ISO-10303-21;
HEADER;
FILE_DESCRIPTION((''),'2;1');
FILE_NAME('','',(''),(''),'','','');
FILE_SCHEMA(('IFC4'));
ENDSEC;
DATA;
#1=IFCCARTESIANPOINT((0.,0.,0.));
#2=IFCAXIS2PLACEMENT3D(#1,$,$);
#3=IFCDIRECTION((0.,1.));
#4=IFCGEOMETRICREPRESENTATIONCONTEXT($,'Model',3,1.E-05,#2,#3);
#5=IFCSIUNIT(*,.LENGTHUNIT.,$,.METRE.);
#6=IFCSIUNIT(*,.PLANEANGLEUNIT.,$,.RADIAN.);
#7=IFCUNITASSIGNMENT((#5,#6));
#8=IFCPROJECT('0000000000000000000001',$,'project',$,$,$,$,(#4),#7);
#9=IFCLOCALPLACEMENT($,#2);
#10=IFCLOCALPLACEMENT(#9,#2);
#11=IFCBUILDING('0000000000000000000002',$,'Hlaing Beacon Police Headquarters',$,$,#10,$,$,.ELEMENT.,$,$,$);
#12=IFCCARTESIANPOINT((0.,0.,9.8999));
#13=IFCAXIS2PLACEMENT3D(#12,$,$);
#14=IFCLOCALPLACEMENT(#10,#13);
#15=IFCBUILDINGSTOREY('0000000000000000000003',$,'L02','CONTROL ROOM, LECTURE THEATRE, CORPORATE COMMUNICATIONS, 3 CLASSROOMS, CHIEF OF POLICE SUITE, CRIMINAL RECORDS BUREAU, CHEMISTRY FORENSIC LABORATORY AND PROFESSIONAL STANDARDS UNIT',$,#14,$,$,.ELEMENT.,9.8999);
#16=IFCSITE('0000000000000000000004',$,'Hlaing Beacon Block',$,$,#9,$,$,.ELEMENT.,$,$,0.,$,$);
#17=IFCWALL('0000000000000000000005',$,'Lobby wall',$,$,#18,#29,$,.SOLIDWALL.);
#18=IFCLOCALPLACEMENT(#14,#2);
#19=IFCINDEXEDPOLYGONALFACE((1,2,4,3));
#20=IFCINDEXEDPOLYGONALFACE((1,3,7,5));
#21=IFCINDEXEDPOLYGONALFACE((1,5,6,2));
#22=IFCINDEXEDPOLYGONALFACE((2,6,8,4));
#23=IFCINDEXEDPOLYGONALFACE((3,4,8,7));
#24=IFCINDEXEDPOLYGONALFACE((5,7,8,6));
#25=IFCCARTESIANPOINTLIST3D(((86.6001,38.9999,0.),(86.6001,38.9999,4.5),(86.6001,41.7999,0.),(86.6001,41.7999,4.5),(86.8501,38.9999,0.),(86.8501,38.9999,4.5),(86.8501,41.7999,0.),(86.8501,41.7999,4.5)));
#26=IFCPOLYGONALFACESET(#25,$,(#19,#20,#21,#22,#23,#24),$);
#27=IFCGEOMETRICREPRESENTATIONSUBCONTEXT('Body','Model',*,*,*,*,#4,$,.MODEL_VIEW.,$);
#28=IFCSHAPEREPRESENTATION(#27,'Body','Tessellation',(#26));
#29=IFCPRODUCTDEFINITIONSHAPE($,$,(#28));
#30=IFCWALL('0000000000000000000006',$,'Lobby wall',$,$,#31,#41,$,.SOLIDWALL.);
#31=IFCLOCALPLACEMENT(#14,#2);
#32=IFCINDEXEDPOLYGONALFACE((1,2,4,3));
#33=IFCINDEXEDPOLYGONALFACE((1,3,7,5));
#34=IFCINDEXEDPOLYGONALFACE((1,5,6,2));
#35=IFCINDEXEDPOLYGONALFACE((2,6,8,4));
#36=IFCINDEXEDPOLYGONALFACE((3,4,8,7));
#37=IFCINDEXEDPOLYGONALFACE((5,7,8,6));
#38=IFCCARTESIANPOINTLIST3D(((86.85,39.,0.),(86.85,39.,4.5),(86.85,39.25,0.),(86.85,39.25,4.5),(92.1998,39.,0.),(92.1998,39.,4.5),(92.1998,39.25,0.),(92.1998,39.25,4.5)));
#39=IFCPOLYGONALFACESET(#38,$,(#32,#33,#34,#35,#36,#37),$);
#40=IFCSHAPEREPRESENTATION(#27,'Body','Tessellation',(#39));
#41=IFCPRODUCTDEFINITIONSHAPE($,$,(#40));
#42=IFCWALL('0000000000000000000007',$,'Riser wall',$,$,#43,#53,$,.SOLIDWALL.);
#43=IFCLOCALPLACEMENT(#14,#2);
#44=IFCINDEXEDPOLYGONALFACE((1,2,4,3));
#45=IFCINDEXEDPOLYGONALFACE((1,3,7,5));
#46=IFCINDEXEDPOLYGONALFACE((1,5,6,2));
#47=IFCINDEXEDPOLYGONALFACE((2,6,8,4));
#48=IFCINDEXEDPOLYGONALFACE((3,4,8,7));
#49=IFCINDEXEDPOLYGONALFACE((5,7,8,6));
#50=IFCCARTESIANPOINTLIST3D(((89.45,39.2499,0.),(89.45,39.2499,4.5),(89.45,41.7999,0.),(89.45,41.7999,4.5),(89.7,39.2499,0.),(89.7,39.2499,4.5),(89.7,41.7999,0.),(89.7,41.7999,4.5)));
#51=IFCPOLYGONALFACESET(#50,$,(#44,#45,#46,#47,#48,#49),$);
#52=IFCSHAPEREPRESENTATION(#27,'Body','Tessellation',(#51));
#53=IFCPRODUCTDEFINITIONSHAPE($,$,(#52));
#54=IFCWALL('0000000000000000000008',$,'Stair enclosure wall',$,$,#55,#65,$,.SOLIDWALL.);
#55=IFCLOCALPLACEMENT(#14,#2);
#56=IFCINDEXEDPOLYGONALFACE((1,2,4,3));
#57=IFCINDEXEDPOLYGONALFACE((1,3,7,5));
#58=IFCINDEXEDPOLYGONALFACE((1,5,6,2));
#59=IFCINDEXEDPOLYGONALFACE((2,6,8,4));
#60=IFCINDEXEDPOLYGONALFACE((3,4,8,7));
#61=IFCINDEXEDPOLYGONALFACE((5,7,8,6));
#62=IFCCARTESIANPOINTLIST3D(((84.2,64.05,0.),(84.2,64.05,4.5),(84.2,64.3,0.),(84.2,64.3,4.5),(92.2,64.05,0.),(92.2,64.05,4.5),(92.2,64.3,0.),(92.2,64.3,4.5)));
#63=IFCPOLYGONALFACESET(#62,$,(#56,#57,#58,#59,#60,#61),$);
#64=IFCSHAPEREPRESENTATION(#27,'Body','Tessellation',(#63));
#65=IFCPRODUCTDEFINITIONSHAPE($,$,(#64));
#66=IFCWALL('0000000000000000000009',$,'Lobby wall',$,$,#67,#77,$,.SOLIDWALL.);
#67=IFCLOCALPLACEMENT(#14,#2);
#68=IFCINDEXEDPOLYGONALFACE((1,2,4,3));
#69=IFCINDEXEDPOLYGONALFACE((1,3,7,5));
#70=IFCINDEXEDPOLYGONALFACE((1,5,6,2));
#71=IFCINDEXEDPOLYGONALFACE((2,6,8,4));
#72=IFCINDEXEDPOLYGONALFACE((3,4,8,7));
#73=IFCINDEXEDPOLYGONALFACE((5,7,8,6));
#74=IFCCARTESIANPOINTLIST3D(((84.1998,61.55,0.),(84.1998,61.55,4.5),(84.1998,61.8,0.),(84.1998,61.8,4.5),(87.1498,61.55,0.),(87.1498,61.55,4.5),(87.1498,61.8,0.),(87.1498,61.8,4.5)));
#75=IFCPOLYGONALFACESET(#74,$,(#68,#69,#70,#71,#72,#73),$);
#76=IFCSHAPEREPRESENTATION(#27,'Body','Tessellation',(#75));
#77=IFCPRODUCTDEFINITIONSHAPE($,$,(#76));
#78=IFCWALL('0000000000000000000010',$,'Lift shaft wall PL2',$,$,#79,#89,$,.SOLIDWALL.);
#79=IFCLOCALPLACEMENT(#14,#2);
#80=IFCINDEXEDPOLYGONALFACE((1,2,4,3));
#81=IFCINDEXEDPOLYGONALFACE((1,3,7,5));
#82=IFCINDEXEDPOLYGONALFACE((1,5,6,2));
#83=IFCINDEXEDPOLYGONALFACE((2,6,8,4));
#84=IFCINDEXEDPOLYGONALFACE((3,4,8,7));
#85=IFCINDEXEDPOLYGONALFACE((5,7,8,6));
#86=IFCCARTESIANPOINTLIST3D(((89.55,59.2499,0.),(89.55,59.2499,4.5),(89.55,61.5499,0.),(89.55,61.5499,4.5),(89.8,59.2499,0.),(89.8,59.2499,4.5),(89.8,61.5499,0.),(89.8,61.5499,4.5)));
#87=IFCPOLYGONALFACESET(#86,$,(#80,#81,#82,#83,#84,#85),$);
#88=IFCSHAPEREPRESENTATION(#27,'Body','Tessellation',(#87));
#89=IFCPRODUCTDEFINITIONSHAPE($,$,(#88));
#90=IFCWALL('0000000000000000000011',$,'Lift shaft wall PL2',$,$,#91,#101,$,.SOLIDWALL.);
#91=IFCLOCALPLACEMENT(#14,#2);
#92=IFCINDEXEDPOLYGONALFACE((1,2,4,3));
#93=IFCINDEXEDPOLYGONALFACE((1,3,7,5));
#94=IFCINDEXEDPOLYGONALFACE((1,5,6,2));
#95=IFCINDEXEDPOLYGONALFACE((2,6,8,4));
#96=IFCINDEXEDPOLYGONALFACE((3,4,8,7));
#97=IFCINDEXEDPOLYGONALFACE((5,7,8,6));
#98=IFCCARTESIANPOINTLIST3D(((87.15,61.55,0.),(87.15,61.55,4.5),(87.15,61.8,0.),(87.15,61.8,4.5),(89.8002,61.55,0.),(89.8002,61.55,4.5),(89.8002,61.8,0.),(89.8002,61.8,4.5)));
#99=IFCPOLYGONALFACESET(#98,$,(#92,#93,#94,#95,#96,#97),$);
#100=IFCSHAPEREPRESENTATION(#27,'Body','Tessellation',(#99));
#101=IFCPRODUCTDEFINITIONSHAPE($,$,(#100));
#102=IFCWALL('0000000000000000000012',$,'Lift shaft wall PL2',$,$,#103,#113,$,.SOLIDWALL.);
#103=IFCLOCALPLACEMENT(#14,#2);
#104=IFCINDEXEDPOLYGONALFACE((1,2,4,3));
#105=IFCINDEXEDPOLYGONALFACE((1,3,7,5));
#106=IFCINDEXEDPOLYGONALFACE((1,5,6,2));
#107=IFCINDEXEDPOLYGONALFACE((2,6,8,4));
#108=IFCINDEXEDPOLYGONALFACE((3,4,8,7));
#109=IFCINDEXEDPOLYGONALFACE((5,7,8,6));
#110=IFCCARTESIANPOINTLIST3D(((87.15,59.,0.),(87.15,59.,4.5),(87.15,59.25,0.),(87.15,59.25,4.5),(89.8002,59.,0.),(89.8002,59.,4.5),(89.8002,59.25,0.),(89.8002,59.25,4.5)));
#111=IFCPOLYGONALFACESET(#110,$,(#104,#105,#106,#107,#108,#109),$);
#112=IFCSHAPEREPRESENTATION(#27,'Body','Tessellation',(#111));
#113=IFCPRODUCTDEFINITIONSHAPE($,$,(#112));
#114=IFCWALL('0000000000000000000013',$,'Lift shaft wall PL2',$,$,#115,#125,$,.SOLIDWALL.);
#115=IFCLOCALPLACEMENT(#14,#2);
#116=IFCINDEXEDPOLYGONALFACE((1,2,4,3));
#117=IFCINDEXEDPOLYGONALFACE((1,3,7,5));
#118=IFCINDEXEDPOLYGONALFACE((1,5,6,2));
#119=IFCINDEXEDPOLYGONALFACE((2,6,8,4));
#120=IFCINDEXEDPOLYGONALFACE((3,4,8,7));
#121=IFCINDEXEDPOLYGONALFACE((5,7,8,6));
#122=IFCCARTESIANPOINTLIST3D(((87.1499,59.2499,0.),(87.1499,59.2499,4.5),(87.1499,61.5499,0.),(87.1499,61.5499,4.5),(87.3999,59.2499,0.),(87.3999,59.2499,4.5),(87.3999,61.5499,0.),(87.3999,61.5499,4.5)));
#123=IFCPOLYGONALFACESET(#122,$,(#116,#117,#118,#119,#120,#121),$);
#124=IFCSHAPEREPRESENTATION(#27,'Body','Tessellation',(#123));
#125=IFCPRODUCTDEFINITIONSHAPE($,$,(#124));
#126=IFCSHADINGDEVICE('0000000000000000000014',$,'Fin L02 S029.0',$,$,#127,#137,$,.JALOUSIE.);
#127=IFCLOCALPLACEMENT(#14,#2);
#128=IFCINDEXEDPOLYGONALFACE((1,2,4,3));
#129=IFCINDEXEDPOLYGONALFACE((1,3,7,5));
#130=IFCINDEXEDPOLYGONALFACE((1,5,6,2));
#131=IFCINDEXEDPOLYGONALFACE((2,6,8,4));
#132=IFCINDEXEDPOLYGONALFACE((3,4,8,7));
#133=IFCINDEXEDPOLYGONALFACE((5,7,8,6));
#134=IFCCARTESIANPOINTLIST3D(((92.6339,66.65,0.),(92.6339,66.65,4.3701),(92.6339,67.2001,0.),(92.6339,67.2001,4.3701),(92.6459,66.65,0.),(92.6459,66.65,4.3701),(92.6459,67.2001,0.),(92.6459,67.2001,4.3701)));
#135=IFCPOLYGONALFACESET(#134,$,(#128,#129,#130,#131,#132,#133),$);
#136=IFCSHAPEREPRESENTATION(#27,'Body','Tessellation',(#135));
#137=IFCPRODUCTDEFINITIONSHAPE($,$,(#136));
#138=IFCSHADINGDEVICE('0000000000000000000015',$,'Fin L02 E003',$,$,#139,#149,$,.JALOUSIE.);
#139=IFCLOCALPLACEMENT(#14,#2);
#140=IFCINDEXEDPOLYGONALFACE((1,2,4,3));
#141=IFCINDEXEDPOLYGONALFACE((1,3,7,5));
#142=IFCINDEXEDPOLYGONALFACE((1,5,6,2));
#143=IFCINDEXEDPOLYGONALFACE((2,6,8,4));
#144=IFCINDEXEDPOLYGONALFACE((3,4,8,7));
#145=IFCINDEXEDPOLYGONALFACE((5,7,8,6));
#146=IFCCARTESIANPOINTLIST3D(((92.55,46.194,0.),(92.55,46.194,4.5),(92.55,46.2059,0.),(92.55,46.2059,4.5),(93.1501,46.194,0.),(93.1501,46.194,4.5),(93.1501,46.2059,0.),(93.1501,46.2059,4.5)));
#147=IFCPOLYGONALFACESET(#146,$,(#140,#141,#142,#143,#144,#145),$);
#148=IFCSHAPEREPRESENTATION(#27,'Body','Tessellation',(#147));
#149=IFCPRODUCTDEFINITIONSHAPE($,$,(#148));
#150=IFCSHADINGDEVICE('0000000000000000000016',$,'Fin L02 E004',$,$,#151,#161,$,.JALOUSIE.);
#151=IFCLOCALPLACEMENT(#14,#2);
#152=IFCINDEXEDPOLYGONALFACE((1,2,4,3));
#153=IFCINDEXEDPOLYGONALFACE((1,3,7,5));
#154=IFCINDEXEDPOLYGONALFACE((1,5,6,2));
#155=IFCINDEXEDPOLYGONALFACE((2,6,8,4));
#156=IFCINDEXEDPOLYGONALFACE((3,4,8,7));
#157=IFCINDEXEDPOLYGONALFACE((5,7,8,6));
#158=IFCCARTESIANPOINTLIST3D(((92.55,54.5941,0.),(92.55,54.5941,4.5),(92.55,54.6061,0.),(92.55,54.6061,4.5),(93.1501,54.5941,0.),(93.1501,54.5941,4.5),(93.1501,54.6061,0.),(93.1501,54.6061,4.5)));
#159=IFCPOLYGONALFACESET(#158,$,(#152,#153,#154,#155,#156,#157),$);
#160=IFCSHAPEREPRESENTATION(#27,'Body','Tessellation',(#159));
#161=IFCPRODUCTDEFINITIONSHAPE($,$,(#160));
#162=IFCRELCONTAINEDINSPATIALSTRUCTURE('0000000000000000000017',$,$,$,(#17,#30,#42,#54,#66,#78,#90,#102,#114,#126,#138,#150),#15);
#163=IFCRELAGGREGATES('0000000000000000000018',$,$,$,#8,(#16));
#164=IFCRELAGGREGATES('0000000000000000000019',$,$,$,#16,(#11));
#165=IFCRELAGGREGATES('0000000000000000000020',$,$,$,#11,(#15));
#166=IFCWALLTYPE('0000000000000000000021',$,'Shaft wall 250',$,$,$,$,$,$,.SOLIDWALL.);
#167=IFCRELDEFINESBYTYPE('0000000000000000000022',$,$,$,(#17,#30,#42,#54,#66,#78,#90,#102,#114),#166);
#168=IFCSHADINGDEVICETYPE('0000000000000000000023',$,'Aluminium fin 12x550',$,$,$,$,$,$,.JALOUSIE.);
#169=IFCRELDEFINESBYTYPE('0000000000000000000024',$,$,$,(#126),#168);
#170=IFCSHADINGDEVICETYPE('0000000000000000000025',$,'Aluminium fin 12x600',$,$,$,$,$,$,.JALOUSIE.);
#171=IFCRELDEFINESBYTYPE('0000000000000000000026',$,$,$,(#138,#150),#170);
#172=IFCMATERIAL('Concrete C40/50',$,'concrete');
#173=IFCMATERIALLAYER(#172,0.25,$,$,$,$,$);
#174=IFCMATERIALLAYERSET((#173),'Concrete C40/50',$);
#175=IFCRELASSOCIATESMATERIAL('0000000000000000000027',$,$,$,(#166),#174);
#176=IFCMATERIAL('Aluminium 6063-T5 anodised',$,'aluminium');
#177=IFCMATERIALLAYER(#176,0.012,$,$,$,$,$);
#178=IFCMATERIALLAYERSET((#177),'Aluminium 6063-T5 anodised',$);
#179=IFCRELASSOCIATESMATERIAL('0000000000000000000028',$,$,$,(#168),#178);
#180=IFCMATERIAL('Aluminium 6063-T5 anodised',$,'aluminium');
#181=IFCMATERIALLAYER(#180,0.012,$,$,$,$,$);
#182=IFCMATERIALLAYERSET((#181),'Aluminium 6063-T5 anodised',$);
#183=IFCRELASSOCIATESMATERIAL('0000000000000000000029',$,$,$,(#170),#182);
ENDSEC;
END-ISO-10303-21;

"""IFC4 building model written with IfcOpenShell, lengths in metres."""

from ifc_helpers import new_model, si_unit, direction, frame, frame_2d, origin, origin_2d, place, context, subcontext, project, spatial, rectangle, extrude, material, layer, layer_set, type_object, element, save


model = new_model("IFC4")

# Units and contexts
model_context = context("Model", 3, precision=1e-05, world=origin(), true_north=direction((0.0, 1.0)))
body_context = subcontext(model_context, "Body", "Model", "MODEL_VIEW")
ifc_project = project(units=[si_unit("LENGTHUNIT", "METRE"), si_unit("PLANEANGLEUNIT", "RADIAN")], contexts=[model_context])

# Site, building, storey
site_placement = place(None, origin())
site = spatial("IfcSite", under=ifc_project, at=site_placement, Name="Hlaing Beacon Block", CompositionType="ELEMENT", RefElevation=0.0)
building_placement = place(site_placement, origin())
building = spatial("IfcBuilding", under=site, at=building_placement, Name="Hlaing Beacon Police Headquarters", CompositionType="ELEMENT")
storey_placement = place(building_placement, frame((0.0, 0.0, 9.8999)))
storey = spatial("IfcBuildingStorey", under=building, at=storey_placement, Name="L02", Description="CONTROL ROOM, LECTURE THEATRE, CORPORATE COMMUNICATIONS, 3 CLASSROOMS, CHIEF OF POLICE SUITE, CRIMINAL RECORDS BUREAU, CHEMISTRY FORENSIC LABORATORY AND PROFESSIONAL STANDARDS UNIT", CompositionType="ELEMENT", Elevation=9.8999)

# Walls
ifc_material_1 = material(Name="Concrete C40/50", Category="concrete")
ifc_layer_1 = layer(ifc_material_1, 0.25)
ifc_layer_set_1 = layer_set([ifc_layer_1], Name="Concrete C40/50")
wall_type_1 = type_object("IfcWallType", Name="Shaft wall 250", PredefinedType="SOLIDWALL", material=ifc_layer_set_1)
wall_1_placement = place(storey_placement, frame((86.7251, 39.0, 0.0), z_axis=(0.0, 0.0, 1.0), x_axis=(0.0, 1.0, 0.0)))
element("IfcWall", 1, at=wall_1_placement, inside=storey, type_object=wall_type_1, Name="Lobby wall", PredefinedType="SOLIDWALL", context=body_context, shape_type="SweptSolid", body=[
    extrude(rectangle(XDim=2.8, YDim=0.25, at=frame_2d((1.3999, 0.0))), origin(), (0.0, 0.0, 1.0), 4.5),
])
wall_2_placement = place(storey_placement, frame((86.8501, 39.125, 0.0), z_axis=(0.0, 0.0, 1.0), x_axis=(1.0, 0.0, 0.0)))
element("IfcWall", 2, at=wall_2_placement, inside=storey, type_object=wall_type_1, Name="Lobby wall", PredefinedType="SOLIDWALL", context=body_context, shape_type="SweptSolid", body=[
    extrude(rectangle(XDim=5.3499, YDim=0.25, at=frame_2d((2.6748, 0.0))), origin(), (0.0, 0.0, 1.0), 4.5),
])
wall_3_placement = place(storey_placement, frame((89.575, 39.25, 0.0), z_axis=(0.0, 0.0, 1.0), x_axis=(0.0, 1.0, 0.0)))
element("IfcWall", 3, at=wall_3_placement, inside=storey, type_object=wall_type_1, Name="Riser wall", PredefinedType="SOLIDWALL", context=body_context, shape_type="SweptSolid", body=[
    extrude(rectangle(XDim=2.55, YDim=0.25, at=frame_2d((1.2749, 0.0))), origin(), (0.0, 0.0, 1.0), 4.5),
])
wall_4_placement = place(storey_placement, frame((92.2, 64.175, 0.0), z_axis=(0.0, 0.0, 1.0), x_axis=(-1.0, 0.0, 0.0)))
element("IfcWall", 4, at=wall_4_placement, inside=storey, type_object=wall_type_1, Name="Stair enclosure wall", PredefinedType="SOLIDWALL", context=body_context, shape_type="SweptSolid", body=[
    extrude(rectangle(XDim=8.0, YDim=0.25, at=frame_2d((4.0, 0.0))), origin(), (0.0, 0.0, 1.0), 4.5),
])
wall_5_placement = place(storey_placement, frame((87.1499, 61.675, 0.0), z_axis=(0.0, 0.0, 1.0), x_axis=(-1.0, 0.0, 0.0)))
element("IfcWall", 5, at=wall_5_placement, inside=storey, type_object=wall_type_1, Name="Lobby wall", PredefinedType="SOLIDWALL", context=body_context, shape_type="SweptSolid", body=[
    extrude(rectangle(XDim=2.95, YDim=0.25, at=frame_2d((1.4751, 0.0))), origin(), (0.0, 0.0, 1.0), 4.5),
])
wall_6_placement = place(storey_placement, frame((89.675, 59.25, 0.0), z_axis=(0.0, 0.0, 1.0), x_axis=(0.0, 1.0, 0.0)))
element("IfcWall", 6, at=wall_6_placement, inside=storey, type_object=wall_type_1, Name="Lift shaft wall PL2", PredefinedType="SOLIDWALL", context=body_context, shape_type="SweptSolid", body=[
    extrude(rectangle(XDim=2.3, YDim=0.25, at=frame_2d((1.1499, 0.0))), origin(), (0.0, 0.0, 1.0), 4.5),
])
for number, where, z_axis, x_axis, name in (
    (7, (87.1499, 61.675, 0.0), (0.0, 0.0, 1.0), (1.0, 0.0, 0.0), "Lift shaft wall PL2"),
    (8, (87.1499, 59.125, 0.0), (0.0, 0.0, 1.0), (1.0, 0.0, 0.0), "Lift shaft wall PL2"),
):
    element("IfcWall", number, at=place(storey_placement, frame(where, z_axis=z_axis, x_axis=x_axis)), inside=storey, type_object=wall_type_1, Name=name, PredefinedType="SOLIDWALL", context=body_context, shape_type="SweptSolid", body=[
        extrude(rectangle(XDim=2.6501, YDim=0.25, at=frame_2d((1.3252, 0.0))), origin(), (0.0, 0.0, 1.0), 4.5),
    ])
wall_7_placement = place(storey_placement, frame((87.2749, 59.25, 0.0), z_axis=(0.0, 0.0, 1.0), x_axis=(0.0, 1.0, 0.0)))
element("IfcWall", 9, at=wall_7_placement, inside=storey, type_object=wall_type_1, Name="Lift shaft wall PL2", PredefinedType="SOLIDWALL", context=body_context, shape_type="SweptSolid", body=[
    extrude(rectangle(XDim=2.3, YDim=0.25, at=frame_2d((1.1499, 0.0))), origin(), (0.0, 0.0, 1.0), 4.5),
])

# Shading devices
ifc_material_2 = material(Name="Aluminium 6063-T5 anodised", Category="aluminium")
ifc_layer_2 = layer(ifc_material_2, 0.012)
ifc_layer_set_2 = layer_set([ifc_layer_2], Name="Aluminium 6063-T5 anodised")
shading_device_type_1 = type_object("IfcShadingDeviceType", Name="Aluminium fin 12x550", PredefinedType="JALOUSIE", material=ifc_layer_set_2)
shading_device_placement = place(storey_placement, frame((92.6399, 66.925, 0.0), z_axis=(0.0, 0.0, 1.0), x_axis=(1.0, 0.0, 0.0)))
element("IfcShadingDevice", 10, at=shading_device_placement, inside=storey, type_object=shading_device_type_1, Name="Fin L02 S029.0", PredefinedType="JALOUSIE", context=body_context, shape_type="SweptSolid", body=[
    extrude(rectangle(XDim=0.012, YDim=0.55, at=origin_2d()), origin(), (0.0, 0.0, 1.0), 4.3701),
])
ifc_material_3 = material(Name="Aluminium 6063-T5 anodised", Category="aluminium")
ifc_layer_3 = layer(ifc_material_3, 0.012)
ifc_layer_set_3 = layer_set([ifc_layer_3], Name="Aluminium 6063-T5 anodised")
shading_device_type_2 = type_object("IfcShadingDeviceType", Name="Aluminium fin 12x600", PredefinedType="JALOUSIE", material=ifc_layer_set_3)
for number, where, z_axis, x_axis, name in (
    (11, (92.8501, 46.2, 0.0), (0.0, 0.0, 1.0), (0.0, 1.0, 0.0), "Fin L02 E003"),
    (12, (92.8501, 54.6001, 0.0), (0.0, 0.0, 1.0), (0.0, 1.0, 0.0), "Fin L02 E004"),
):
    element("IfcShadingDevice", number, at=place(storey_placement, frame(where, z_axis=z_axis, x_axis=x_axis)), inside=storey, type_object=shading_device_type_2, Name=name, PredefinedType="JALOUSIE", context=body_context, shape_type="SweptSolid", body=[
        extrude(rectangle(XDim=0.012, YDim=0.6001, at=origin_2d()), origin(), (0.0, 0.0, 1.0), 4.5),
    ])

save(model, "model.ifc")
